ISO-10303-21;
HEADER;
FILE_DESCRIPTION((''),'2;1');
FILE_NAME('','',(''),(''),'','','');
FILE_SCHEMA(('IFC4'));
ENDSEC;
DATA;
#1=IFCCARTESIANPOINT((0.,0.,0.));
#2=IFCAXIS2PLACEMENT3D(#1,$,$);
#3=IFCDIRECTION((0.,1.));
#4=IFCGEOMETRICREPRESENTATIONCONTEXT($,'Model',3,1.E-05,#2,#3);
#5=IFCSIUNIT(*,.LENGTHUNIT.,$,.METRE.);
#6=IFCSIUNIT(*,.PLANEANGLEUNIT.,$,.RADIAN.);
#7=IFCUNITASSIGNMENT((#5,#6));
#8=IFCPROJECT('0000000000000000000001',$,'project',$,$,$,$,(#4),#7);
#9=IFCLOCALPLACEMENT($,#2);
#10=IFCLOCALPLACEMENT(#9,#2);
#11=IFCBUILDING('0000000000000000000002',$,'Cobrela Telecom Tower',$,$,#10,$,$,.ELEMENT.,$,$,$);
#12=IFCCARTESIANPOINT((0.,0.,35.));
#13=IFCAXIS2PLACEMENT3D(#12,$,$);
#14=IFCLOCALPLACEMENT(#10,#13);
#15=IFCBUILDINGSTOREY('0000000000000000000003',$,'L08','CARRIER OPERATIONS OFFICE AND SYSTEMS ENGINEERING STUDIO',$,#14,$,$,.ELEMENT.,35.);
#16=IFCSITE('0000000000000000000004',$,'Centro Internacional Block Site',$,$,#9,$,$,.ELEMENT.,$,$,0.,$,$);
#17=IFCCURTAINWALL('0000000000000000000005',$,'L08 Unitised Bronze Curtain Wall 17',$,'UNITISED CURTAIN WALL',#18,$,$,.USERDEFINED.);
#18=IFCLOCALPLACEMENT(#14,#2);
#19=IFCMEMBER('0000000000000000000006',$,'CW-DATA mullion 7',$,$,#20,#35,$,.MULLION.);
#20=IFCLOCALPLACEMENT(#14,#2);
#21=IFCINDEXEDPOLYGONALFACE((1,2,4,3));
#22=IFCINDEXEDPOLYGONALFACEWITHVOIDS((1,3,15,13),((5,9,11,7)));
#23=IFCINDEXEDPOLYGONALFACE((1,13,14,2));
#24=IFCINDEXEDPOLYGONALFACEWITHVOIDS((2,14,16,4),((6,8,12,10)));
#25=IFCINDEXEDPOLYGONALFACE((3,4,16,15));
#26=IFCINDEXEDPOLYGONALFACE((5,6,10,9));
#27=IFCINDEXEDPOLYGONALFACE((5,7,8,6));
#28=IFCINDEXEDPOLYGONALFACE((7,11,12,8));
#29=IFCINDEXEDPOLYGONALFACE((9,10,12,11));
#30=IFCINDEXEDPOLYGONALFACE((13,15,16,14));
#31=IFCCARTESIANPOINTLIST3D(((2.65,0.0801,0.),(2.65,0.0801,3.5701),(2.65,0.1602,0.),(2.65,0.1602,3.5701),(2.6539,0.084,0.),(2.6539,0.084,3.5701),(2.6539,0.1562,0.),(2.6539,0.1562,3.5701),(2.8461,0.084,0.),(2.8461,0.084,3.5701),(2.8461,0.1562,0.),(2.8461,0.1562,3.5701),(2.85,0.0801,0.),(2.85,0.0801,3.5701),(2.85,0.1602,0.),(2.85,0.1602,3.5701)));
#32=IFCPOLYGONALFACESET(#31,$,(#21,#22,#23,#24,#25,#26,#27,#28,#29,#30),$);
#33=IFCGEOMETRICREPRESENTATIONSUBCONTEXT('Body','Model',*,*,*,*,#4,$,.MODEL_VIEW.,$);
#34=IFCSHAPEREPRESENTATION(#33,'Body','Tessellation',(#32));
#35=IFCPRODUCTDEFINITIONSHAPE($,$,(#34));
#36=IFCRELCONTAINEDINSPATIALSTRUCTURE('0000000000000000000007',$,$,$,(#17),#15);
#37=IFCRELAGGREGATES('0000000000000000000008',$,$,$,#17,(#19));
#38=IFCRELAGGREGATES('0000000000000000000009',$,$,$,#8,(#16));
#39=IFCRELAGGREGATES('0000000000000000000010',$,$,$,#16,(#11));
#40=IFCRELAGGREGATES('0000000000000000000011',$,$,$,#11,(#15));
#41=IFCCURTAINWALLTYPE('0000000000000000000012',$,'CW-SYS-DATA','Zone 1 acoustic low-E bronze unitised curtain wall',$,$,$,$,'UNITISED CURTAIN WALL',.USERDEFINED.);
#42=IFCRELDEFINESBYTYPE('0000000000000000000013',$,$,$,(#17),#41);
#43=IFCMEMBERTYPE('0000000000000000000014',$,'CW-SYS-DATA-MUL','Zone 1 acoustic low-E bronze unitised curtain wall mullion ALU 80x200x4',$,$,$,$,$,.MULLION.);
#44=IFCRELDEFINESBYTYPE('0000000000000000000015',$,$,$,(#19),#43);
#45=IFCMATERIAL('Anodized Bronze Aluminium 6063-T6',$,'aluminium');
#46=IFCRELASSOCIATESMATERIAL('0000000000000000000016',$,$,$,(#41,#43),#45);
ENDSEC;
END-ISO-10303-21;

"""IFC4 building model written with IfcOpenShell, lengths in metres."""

from ifc_helpers import new_model, si_unit, direction, frame, origin, origin_2d, place, context, subcontext, project, spatial, hollow_rectangle, extrude, material, material_profile, profile_set, type_object, element, aggregate, save


model = new_model("IFC4")

# Units and contexts
model_context = context("Model", 3, precision=1e-05, world=origin(), true_north=direction((0.0, 1.0)))
body_context = subcontext(model_context, "Body", "Model", "MODEL_VIEW")
ifc_project = project(units=[si_unit("LENGTHUNIT", "METRE"), si_unit("PLANEANGLEUNIT", "RADIAN")], contexts=[model_context])

# Site, building, storey
site_placement = place(None, origin())
site = spatial("IfcSite", under=ifc_project, at=site_placement, Name="Centro Internacional Block Site", CompositionType="ELEMENT", RefElevation=0.0)
building_placement = place(site_placement, origin())
building = spatial("IfcBuilding", under=site, at=building_placement, Name="Cobrela Telecom Tower", CompositionType="ELEMENT")
storey_placement = place(building_placement, frame((0.0, 0.0, 35.0)))
storey = spatial("IfcBuildingStorey", under=building, at=storey_placement, Name="L08", Description="CARRIER OPERATIONS OFFICE AND SYSTEMS ENGINEERING STUDIO", CompositionType="ELEMENT", Elevation=35.0)

# Curtain wall, member
ifc_material_1 = material(Name="Anodized Bronze Aluminium 6063-T6", Category="aluminium")
curtain_wall_type = type_object("IfcCurtainWallType", Name="CW-SYS-DATA", Description="Zone 1 acoustic low-E bronze unitised curtain wall", ElementType="UNITISED CURTAIN WALL", PredefinedType="USERDEFINED", material=ifc_material_1)
curtain_wall_placement = place(storey_placement, origin())
curtain_wall = element("IfcCurtainWall", 1, at=curtain_wall_placement, inside=storey, type_object=curtain_wall_type, Name="L08 Unitised Bronze Curtain Wall 17", ObjectType="UNITISED CURTAIN WALL", PredefinedType="USERDEFINED")
ifc_material_profile = material_profile(ifc_material_1, hollow_rectangle(XDim=0.0801, YDim=0.2, WallThickness=0.0039, at=origin_2d()), Name="ALU 80x200x4")
ifc_profile_set = profile_set([ifc_material_profile], Name="Anodized Bronze Aluminium 6063-T6")
member_type = type_object("IfcMemberType", Name="CW-SYS-DATA-MUL", Description="Zone 1 acoustic low-E bronze unitised curtain wall mullion ALU 80x200x4", PredefinedType="MULLION", material=ifc_profile_set)
member_placement = place(storey_placement, frame((2.75, 0.1201, 0.0), z_axis=(0.0, 0.0, 1.0), x_axis=(0.0, -1.0, 0.0)))
member = element("IfcMember", 2, at=member_placement, type_object=member_type, Name="CW-DATA mullion 7", PredefinedType="MULLION", context=body_context, shape_type="SweptSolid", body=[
    extrude(hollow_rectangle(XDim=0.0801, YDim=0.2, WallThickness=0.0039, at=origin_2d()), origin(), (0.0, 0.0, 1.0), 3.5701),
])
aggregate(curtain_wall, [member])

save(model, "model.ifc")
